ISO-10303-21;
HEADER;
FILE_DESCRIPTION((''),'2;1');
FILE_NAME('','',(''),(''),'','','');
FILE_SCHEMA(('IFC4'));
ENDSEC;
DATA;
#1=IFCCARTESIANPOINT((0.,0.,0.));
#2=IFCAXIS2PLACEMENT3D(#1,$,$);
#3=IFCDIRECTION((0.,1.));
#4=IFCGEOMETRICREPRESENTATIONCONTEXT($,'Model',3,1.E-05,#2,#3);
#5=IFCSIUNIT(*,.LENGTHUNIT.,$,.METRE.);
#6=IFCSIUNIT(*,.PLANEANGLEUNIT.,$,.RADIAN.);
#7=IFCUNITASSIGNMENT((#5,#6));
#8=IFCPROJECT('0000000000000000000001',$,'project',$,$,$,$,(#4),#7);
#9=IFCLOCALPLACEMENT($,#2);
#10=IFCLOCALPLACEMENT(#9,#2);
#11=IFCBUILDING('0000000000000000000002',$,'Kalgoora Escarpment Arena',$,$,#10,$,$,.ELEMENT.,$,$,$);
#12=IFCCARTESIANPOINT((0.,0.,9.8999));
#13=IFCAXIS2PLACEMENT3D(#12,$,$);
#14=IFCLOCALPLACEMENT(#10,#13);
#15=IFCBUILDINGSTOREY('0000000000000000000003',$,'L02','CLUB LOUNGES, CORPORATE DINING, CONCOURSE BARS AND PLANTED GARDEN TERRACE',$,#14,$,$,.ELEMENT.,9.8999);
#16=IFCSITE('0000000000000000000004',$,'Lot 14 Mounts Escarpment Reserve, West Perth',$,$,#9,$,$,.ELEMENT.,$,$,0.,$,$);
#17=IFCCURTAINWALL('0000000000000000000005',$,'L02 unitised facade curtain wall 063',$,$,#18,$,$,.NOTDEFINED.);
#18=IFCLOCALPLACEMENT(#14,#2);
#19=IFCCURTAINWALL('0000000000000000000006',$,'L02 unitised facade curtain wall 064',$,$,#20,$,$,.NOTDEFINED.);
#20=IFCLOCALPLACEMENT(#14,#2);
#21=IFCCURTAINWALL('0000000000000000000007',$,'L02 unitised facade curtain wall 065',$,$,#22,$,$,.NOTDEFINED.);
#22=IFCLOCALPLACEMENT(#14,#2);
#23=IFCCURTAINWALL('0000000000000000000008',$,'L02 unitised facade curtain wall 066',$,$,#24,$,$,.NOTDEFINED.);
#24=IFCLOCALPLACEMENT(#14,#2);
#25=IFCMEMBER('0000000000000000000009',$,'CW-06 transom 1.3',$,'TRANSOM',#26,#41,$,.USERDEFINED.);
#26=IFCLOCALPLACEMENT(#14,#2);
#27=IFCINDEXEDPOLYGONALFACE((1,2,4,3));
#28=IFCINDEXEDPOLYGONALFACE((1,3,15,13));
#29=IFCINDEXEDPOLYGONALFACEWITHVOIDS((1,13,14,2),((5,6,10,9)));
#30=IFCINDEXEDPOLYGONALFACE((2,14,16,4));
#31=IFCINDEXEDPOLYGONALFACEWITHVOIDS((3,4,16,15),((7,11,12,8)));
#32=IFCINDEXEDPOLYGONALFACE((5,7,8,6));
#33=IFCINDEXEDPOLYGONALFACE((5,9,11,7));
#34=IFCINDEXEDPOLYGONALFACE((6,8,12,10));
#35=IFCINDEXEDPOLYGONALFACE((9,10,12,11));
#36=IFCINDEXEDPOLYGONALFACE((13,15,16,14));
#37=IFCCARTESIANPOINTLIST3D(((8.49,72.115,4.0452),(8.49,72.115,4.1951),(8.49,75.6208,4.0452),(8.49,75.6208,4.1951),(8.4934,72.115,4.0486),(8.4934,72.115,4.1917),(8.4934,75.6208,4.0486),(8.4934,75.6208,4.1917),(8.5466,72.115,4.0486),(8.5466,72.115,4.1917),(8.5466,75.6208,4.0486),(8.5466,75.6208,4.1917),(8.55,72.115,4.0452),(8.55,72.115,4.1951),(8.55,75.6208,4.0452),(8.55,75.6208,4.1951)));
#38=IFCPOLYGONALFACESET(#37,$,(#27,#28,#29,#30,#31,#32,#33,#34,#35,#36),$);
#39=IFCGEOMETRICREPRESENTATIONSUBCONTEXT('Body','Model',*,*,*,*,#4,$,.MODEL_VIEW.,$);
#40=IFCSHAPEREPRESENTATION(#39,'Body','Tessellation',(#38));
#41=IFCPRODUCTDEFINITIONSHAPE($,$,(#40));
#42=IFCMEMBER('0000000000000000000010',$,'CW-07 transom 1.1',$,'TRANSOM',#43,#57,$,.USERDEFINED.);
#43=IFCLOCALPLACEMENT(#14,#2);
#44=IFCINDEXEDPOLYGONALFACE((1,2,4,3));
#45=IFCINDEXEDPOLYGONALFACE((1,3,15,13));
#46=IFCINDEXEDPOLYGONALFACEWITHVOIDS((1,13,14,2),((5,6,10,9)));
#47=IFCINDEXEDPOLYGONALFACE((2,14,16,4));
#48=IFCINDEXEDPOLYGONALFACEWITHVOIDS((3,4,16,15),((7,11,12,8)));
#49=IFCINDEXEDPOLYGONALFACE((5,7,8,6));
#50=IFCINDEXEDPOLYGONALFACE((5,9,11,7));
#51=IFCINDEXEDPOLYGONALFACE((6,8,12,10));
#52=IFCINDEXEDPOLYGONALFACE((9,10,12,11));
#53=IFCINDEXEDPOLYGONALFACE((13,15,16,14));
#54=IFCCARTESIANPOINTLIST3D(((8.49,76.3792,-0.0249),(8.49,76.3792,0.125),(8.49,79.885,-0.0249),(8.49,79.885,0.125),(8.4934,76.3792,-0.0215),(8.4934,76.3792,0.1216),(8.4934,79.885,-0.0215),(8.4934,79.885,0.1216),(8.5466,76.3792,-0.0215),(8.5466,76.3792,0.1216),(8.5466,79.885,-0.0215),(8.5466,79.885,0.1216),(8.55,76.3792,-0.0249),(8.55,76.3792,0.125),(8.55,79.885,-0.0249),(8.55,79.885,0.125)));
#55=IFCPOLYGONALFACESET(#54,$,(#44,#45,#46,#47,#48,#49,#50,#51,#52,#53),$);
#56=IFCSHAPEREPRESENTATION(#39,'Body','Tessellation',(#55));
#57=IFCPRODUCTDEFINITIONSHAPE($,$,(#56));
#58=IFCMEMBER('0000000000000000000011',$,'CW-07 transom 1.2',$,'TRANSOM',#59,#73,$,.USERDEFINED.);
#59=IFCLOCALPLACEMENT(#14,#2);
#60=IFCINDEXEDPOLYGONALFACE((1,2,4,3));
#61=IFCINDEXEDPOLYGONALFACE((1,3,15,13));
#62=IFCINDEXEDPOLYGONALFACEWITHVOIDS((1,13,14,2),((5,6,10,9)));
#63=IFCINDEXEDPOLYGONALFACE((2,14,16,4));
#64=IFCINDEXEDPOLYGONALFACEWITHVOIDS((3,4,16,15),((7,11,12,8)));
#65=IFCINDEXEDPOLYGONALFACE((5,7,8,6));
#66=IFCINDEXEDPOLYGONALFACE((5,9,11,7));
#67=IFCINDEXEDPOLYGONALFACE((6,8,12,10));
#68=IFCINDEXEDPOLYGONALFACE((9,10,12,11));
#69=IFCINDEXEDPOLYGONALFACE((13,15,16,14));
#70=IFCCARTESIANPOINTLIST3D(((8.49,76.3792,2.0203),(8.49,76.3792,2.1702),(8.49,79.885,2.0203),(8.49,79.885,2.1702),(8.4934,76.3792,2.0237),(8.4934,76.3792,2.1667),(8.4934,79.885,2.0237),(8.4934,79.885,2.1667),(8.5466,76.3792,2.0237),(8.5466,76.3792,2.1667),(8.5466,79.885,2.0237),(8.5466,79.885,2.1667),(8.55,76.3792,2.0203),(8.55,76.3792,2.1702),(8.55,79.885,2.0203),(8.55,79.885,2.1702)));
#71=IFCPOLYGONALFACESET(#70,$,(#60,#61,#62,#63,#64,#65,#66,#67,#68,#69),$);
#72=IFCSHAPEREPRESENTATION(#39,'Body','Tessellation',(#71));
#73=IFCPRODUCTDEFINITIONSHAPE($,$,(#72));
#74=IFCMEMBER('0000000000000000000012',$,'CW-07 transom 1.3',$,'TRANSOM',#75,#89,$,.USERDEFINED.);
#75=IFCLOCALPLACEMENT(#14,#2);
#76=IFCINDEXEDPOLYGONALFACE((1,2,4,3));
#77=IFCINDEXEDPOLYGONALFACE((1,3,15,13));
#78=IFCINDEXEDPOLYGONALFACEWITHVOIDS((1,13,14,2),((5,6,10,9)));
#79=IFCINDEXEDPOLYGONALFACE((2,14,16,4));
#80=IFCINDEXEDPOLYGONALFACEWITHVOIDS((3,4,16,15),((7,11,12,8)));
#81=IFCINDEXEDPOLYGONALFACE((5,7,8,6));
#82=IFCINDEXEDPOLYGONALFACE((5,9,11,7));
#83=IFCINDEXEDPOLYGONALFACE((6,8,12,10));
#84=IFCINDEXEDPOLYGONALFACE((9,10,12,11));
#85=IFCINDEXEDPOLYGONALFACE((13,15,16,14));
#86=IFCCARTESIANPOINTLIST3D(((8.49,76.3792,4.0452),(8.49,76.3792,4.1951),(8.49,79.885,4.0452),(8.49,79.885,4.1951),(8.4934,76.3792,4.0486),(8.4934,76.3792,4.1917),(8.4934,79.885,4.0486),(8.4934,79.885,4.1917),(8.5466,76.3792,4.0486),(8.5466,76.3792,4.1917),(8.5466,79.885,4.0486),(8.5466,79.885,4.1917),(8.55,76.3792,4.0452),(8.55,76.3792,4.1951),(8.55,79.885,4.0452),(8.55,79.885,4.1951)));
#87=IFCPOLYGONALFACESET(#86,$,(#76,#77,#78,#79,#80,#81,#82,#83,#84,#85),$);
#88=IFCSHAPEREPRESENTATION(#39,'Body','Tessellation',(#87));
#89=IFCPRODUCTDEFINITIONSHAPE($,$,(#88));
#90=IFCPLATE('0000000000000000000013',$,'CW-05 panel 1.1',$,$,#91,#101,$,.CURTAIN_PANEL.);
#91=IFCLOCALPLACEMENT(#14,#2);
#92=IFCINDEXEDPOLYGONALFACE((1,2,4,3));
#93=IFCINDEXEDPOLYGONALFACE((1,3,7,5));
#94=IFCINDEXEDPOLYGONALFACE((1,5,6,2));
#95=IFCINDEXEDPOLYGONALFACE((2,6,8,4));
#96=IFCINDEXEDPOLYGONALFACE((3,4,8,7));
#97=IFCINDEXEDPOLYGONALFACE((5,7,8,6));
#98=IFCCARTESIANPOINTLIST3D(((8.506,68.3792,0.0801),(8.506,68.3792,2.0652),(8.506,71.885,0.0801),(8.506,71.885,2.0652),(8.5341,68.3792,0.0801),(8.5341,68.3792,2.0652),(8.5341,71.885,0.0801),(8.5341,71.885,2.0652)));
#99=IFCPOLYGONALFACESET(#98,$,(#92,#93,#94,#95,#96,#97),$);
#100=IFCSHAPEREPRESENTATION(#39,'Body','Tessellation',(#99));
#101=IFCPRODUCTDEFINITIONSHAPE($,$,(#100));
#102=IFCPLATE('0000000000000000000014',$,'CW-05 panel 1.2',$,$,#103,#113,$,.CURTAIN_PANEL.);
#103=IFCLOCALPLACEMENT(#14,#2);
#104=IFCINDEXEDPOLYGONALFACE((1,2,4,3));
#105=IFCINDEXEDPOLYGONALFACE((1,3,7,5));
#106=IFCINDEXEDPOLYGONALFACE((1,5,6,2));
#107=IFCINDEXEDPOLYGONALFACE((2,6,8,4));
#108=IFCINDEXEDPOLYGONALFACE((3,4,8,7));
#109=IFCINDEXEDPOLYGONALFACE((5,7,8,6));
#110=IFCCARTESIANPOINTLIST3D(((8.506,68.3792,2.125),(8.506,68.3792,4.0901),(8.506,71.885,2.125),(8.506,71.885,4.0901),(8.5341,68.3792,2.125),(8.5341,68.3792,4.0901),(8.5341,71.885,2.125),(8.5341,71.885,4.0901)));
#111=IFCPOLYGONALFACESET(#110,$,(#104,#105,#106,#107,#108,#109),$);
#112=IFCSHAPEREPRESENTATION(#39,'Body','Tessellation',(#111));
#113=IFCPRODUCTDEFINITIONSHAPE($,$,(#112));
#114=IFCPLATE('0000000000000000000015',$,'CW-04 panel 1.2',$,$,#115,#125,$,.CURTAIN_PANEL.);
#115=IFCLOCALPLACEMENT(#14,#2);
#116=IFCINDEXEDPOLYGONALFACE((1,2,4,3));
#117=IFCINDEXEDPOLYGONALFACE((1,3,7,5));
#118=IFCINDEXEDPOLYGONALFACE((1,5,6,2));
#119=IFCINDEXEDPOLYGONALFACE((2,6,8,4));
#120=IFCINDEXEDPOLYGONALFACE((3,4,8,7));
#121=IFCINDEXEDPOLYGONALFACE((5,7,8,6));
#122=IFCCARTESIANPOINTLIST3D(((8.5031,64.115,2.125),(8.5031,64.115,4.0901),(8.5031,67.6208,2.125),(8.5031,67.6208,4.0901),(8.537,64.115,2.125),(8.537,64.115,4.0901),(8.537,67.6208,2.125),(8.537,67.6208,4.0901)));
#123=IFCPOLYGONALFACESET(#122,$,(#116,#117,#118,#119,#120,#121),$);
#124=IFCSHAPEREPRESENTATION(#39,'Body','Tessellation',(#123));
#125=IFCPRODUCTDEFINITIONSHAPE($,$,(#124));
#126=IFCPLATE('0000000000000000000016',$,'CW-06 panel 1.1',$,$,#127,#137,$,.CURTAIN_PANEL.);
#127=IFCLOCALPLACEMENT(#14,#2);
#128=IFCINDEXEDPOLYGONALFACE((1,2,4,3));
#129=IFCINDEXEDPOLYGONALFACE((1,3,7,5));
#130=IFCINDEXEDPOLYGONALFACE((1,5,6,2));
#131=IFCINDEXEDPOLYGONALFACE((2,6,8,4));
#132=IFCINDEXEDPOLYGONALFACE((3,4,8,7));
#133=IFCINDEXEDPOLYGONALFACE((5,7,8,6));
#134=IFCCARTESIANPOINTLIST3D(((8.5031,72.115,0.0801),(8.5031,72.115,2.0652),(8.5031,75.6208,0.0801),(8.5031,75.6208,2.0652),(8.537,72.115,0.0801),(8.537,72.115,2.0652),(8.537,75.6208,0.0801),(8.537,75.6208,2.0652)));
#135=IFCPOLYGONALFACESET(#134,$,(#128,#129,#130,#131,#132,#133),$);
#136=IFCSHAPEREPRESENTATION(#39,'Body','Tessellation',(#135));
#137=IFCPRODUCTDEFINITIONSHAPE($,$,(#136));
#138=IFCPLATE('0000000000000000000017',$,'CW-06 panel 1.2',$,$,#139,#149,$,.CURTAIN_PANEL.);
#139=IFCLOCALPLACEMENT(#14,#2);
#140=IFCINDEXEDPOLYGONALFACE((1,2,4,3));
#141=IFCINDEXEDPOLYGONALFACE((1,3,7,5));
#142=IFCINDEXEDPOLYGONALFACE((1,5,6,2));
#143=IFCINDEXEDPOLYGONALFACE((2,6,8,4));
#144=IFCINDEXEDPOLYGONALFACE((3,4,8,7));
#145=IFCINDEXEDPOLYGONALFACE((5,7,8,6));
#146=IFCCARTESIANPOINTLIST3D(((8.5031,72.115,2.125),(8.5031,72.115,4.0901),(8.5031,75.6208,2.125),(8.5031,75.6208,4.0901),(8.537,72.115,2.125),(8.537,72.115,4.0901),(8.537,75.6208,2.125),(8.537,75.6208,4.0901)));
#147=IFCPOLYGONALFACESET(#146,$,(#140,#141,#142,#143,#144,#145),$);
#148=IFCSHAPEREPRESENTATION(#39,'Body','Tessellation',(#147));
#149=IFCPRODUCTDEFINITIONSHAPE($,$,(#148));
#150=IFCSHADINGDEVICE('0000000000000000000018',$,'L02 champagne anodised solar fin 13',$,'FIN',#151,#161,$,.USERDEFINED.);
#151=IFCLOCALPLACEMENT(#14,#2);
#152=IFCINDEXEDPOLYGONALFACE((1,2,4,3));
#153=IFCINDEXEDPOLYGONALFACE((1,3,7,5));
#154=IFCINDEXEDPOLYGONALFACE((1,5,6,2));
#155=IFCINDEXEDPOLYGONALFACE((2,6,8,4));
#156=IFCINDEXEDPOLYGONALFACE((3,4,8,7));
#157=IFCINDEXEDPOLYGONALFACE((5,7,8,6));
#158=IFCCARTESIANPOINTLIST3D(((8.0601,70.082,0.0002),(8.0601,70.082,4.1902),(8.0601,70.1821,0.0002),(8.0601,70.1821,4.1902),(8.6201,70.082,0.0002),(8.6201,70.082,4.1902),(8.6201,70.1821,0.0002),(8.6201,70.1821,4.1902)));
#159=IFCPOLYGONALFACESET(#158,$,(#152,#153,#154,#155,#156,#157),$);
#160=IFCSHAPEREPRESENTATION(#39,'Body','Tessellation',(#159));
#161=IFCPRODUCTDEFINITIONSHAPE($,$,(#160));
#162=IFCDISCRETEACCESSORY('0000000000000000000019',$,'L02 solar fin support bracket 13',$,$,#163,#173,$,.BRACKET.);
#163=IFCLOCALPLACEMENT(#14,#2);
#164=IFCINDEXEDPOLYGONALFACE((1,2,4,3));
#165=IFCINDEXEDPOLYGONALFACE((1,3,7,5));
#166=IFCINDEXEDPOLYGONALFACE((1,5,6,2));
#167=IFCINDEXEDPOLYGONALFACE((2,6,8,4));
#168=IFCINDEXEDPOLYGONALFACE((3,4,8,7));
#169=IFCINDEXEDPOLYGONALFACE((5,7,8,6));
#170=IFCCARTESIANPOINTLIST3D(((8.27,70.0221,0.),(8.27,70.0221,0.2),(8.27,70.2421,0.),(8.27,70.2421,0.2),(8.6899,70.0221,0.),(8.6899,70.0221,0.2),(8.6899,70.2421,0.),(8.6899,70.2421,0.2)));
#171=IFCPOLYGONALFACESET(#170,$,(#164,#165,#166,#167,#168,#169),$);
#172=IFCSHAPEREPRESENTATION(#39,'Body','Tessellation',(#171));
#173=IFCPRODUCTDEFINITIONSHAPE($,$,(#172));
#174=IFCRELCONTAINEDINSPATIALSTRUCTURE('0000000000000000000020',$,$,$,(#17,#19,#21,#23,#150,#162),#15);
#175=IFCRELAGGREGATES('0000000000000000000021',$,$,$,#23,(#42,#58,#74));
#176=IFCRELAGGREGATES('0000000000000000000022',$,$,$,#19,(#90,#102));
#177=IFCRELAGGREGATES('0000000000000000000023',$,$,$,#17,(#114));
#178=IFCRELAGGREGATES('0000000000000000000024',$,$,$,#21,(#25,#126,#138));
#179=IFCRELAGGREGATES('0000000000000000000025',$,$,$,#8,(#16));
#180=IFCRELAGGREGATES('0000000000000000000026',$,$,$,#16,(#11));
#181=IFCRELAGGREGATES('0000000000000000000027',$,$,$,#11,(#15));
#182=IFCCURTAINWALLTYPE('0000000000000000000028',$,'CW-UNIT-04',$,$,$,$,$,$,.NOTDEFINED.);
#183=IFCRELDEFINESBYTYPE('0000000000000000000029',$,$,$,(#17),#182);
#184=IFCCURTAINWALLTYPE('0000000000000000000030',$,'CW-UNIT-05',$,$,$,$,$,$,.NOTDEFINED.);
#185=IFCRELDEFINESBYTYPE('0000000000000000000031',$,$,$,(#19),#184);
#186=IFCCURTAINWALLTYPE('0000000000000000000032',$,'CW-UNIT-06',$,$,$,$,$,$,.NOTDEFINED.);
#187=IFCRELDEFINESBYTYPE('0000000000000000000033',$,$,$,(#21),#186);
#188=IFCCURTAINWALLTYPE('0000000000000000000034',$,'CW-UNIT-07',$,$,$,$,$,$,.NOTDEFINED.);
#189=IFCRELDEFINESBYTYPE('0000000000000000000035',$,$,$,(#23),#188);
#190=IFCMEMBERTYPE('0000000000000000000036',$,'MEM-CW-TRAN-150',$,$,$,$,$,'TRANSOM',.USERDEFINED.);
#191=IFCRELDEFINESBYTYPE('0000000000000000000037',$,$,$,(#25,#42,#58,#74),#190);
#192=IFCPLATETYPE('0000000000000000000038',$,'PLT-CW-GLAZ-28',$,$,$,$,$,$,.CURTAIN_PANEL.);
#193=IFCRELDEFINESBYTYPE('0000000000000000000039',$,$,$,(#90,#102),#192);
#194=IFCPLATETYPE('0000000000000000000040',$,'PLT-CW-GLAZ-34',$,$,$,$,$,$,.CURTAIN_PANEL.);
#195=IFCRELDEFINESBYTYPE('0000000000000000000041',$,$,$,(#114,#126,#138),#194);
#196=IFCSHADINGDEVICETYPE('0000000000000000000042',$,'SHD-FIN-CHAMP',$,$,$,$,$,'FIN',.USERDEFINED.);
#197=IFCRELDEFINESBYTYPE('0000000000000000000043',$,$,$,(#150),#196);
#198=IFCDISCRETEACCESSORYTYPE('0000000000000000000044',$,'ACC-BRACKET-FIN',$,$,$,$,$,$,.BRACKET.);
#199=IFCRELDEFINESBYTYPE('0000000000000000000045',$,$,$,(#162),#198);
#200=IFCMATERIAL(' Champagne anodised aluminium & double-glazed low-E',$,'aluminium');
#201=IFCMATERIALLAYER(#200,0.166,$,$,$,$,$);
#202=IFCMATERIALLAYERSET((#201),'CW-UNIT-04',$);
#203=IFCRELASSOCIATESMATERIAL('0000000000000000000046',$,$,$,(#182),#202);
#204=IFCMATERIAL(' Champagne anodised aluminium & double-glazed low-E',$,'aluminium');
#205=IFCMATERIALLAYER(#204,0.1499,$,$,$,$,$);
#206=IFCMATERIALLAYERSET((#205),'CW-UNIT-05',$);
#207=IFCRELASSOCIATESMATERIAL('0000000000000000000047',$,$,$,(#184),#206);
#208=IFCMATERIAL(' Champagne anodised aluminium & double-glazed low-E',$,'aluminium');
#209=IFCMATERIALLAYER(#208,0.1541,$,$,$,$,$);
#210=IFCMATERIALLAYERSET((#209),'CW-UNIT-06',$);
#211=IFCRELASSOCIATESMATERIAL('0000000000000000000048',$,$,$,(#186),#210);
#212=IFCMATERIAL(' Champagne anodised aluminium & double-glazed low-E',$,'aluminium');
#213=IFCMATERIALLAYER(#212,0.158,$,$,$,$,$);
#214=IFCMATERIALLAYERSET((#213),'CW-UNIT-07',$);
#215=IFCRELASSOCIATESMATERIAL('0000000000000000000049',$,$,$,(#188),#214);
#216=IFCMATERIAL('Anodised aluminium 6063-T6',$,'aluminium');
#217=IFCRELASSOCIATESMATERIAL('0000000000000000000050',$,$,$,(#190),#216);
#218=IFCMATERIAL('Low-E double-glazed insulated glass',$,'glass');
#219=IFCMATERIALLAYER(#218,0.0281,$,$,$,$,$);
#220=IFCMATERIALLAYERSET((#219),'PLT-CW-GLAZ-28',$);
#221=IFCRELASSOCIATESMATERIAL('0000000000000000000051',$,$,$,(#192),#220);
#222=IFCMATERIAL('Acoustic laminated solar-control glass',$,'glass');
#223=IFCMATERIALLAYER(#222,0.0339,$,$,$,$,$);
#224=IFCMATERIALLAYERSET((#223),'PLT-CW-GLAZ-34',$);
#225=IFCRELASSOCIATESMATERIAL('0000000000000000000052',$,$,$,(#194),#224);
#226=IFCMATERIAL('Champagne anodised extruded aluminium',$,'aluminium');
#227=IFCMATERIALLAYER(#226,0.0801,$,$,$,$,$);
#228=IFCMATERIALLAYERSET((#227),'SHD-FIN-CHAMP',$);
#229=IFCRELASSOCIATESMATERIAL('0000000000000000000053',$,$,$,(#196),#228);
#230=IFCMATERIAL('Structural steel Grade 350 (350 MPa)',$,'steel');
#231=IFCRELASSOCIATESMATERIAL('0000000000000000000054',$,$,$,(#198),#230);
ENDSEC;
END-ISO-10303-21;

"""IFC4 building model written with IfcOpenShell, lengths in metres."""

from ifc_helpers import new_model, si_unit, direction, frame, origin, origin_2d, place, context, subcontext, project, spatial, rectangle, hollow_rectangle, extrude, material, layer, layer_set, material_profile, profile_set, type_object, element, aggregate, save


model = new_model("IFC4")

# Units and contexts
model_context = context("Model", 3, precision=1e-05, world=origin(), true_north=direction((0.0, 1.0)))
body_context = subcontext(model_context, "Body", "Model", "MODEL_VIEW")
ifc_project = project(units=[si_unit("LENGTHUNIT", "METRE"), si_unit("PLANEANGLEUNIT", "RADIAN")], contexts=[model_context])

# Site, building, storey
site_placement = place(None, origin())
site = spatial("IfcSite", under=ifc_project, at=site_placement, Name="Lot 14 Mounts Escarpment Reserve, West Perth", CompositionType="ELEMENT", RefElevation=0.0)
building_placement = place(site_placement, origin())
building = spatial("IfcBuilding", under=site, at=building_placement, Name="Kalgoora Escarpment Arena", CompositionType="ELEMENT")
storey_placement = place(building_placement, frame((0.0, 0.0, 9.8999)))
storey = spatial("IfcBuildingStorey", under=building, at=storey_placement, Name="L02", Description="CLUB LOUNGES, CORPORATE DINING, CONCOURSE BARS AND PLANTED GARDEN TERRACE", CompositionType="ELEMENT", Elevation=9.8999)

# Curtain wall
ifc_material_1 = material(Name=" Champagne anodised aluminium & double-glazed low-E", Category="aluminium")
ifc_layer_1 = layer(ifc_material_1, 0.166)
ifc_layer_set_1 = layer_set([ifc_layer_1], Name="CW-UNIT-04")
curtain_wall_type_1 = type_object("IfcCurtainWallType", Name="CW-UNIT-04", PredefinedType="NOTDEFINED", material=ifc_layer_set_1)
curtain_wall_1_placement = place(storey_placement, origin())
curtain_wall_1 = element("IfcCurtainWall", 1, at=curtain_wall_1_placement, inside=storey, type_object=curtain_wall_type_1, Name="L02 unitised facade curtain wall 063", PredefinedType="NOTDEFINED")

# Curtain walls
ifc_material_2 = material(Name=" Champagne anodised aluminium & double-glazed low-E", Category="aluminium")
ifc_layer_2 = layer(ifc_material_2, 0.1499)
ifc_layer_set_2 = layer_set([ifc_layer_2], Name="CW-UNIT-05")
curtain_wall_type_2 = type_object("IfcCurtainWallType", Name="CW-UNIT-05", PredefinedType="NOTDEFINED", material=ifc_layer_set_2)
curtain_wall_2_placement = place(storey_placement, origin())
curtain_wall_2 = element("IfcCurtainWall", 2, at=curtain_wall_2_placement, inside=storey, type_object=curtain_wall_type_2, Name="L02 unitised facade curtain wall 064", PredefinedType="NOTDEFINED")
ifc_material_3 = material(Name=" Champagne anodised aluminium & double-glazed low-E", Category="aluminium")
ifc_layer_3 = layer(ifc_material_3, 0.1541)
ifc_layer_set_3 = layer_set([ifc_layer_3], Name="CW-UNIT-06")
curtain_wall_type_3 = type_object("IfcCurtainWallType", Name="CW-UNIT-06", PredefinedType="NOTDEFINED", material=ifc_layer_set_3)
curtain_wall_3_placement = place(storey_placement, origin())
curtain_wall_3 = element("IfcCurtainWall", 3, at=curtain_wall_3_placement, inside=storey, type_object=curtain_wall_type_3, Name="L02 unitised facade curtain wall 065", PredefinedType="NOTDEFINED")

# Curtain wall
ifc_material_4 = material(Name=" Champagne anodised aluminium & double-glazed low-E", Category="aluminium")
ifc_layer_4 = layer(ifc_material_4, 0.158)
ifc_layer_set_4 = layer_set([ifc_layer_4], Name="CW-UNIT-07")
curtain_wall_type_4 = type_object("IfcCurtainWallType", Name="CW-UNIT-07", PredefinedType="NOTDEFINED", material=ifc_layer_set_4)
curtain_wall_4_placement = place(storey_placement, origin())
curtain_wall_4 = element("IfcCurtainWall", 4, at=curtain_wall_4_placement, inside=storey, type_object=curtain_wall_type_4, Name="L02 unitised facade curtain wall 066", PredefinedType="NOTDEFINED")

# Members
ifc_material_5 = material(Name="Anodised aluminium 6063-T6", Category="aluminium")
ifc_material_profile_1 = material_profile(ifc_material_5, hollow_rectangle(XDim=0.0601, YDim=0.1499, WallThickness=0.0034, at=origin_2d()))
ifc_profile_set_1 = profile_set([ifc_material_profile_1], Name="Anodised aluminium 6063-T6")
member_type_1 = type_object("IfcMemberType", Name="MEM-CW-TRAN-150", ElementType="TRANSOM", PredefinedType="USERDEFINED", material=ifc_profile_set_1)
member_1_placement = place(storey_placement, frame((8.52, 72.115, 4.1201), z_axis=(0.0, 1.0, 0.0), x_axis=(-1.0, 0.0, 0.0)))
member_1 = element("IfcMember", 5, at=member_1_placement, type_object=member_type_1, Name="CW-06 transom 1.3", ObjectType="TRANSOM", PredefinedType="USERDEFINED", context=body_context, shape_type="SweptSolid", body=[
    extrude(hollow_rectangle(XDim=0.0601, YDim=0.1499, WallThickness=0.0034, at=origin_2d()), origin(), (0.0, 0.0, 1.0), 3.5059),
])
member_2_placement = place(storey_placement, frame((8.52, 76.3792, 0.05), z_axis=(0.0, 1.0, 0.0), x_axis=(-1.0, 0.0, 0.0)))
member_2 = element("IfcMember", 6, at=member_2_placement, type_object=member_type_1, Name="CW-07 transom 1.1", ObjectType="TRANSOM", PredefinedType="USERDEFINED", context=body_context, shape_type="SweptSolid", body=[
    extrude(hollow_rectangle(XDim=0.0601, YDim=0.1499, WallThickness=0.0034, at=origin_2d()), origin(), (0.0, 0.0, 1.0), 3.5059),
])
member_3_placement = place(storey_placement, frame((8.52, 76.3792, 2.0952), z_axis=(0.0, 1.0, 0.0), x_axis=(-1.0, 0.0, 0.0)))
member_3 = element("IfcMember", 7, at=member_3_placement, type_object=member_type_1, Name="CW-07 transom 1.2", ObjectType="TRANSOM", PredefinedType="USERDEFINED", context=body_context, shape_type="SweptSolid", body=[
    extrude(hollow_rectangle(XDim=0.0601, YDim=0.1499, WallThickness=0.0034, at=origin_2d()), origin(), (0.0, 0.0, 1.0), 3.5059),
])
member_4_placement = place(storey_placement, frame((8.52, 76.3792, 4.1201), z_axis=(0.0, 1.0, 0.0), x_axis=(-1.0, 0.0, 0.0)))
member_4 = element("IfcMember", 8, at=member_4_placement, type_object=member_type_1, Name="CW-07 transom 1.3", ObjectType="TRANSOM", PredefinedType="USERDEFINED", context=body_context, shape_type="SweptSolid", body=[
    extrude(hollow_rectangle(XDim=0.0601, YDim=0.1499, WallThickness=0.0034, at=origin_2d()), origin(), (0.0, 0.0, 1.0), 3.5059),
])
aggregate(curtain_wall_4, [member_2, member_3, member_4])

# Plates
ifc_material_6 = material(Name="Low-E double-glazed insulated glass", Category="glass")
ifc_layer_5 = layer(ifc_material_6, 0.0281)
ifc_layer_set_5 = layer_set([ifc_layer_5], Name="PLT-CW-GLAZ-28")
plate_type_1 = type_object("IfcPlateType", Name="PLT-CW-GLAZ-28", PredefinedType="CURTAIN_PANEL", material=ifc_layer_set_5)
plate_1_placement = place(storey_placement, frame((8.52, 70.1321, 0.0801), z_axis=(0.0, 0.0, 1.0), x_axis=(0.0, 1.0, 0.0)))
plate_1 = element("IfcPlate", 9, at=plate_1_placement, type_object=plate_type_1, Name="CW-05 panel 1.1", PredefinedType="CURTAIN_PANEL", context=body_context, shape_type="SweptSolid", body=[
    extrude(rectangle(XDim=3.5059, YDim=0.0281, at=origin_2d()), origin(), (0.0, 0.0, 1.0), 1.9851),
])
plate_2_placement = place(storey_placement, frame((8.52, 70.1321, 2.125), z_axis=(0.0, 0.0, 1.0), x_axis=(0.0, 1.0, 0.0)))
plate_2 = element("IfcPlate", 10, at=plate_2_placement, type_object=plate_type_1, Name="CW-05 panel 1.2", PredefinedType="CURTAIN_PANEL", context=body_context, shape_type="SweptSolid", body=[
    extrude(rectangle(XDim=3.5059, YDim=0.0281, at=origin_2d()), origin(), (0.0, 0.0, 1.0), 1.9651),
])
aggregate(curtain_wall_2, [plate_1, plate_2])
ifc_material_7 = material(Name="Acoustic laminated solar-control glass", Category="glass")
ifc_layer_6 = layer(ifc_material_7, 0.0339)
ifc_layer_set_6 = layer_set([ifc_layer_6], Name="PLT-CW-GLAZ-34")
plate_type_2 = type_object("IfcPlateType", Name="PLT-CW-GLAZ-34", PredefinedType="CURTAIN_PANEL", material=ifc_layer_set_6)
plate_3_placement = place(storey_placement, frame((8.52, 65.8679, 2.125), z_axis=(0.0, 0.0, 1.0), x_axis=(0.0, 1.0, 0.0)))
plate_3 = element("IfcPlate", 11, at=plate_3_placement, type_object=plate_type_2, Name="CW-04 panel 1.2", PredefinedType="CURTAIN_PANEL", context=body_context, shape_type="SweptSolid", body=[
    extrude(rectangle(XDim=3.5059, YDim=0.0339, at=origin_2d()), origin(), (0.0, 0.0, 1.0), 1.9651),
])
aggregate(curtain_wall_1, [plate_3])
plate_4_placement = place(storey_placement, frame((8.52, 73.8679, 0.0801), z_axis=(0.0, 0.0, 1.0), x_axis=(0.0, 1.0, 0.0)))
plate_4 = element("IfcPlate", 12, at=plate_4_placement, type_object=plate_type_2, Name="CW-06 panel 1.1", PredefinedType="CURTAIN_PANEL", context=body_context, shape_type="SweptSolid", body=[
    extrude(rectangle(XDim=3.5059, YDim=0.0339, at=origin_2d()), origin(), (0.0, 0.0, 1.0), 1.9851),
])
plate_5_placement = place(storey_placement, frame((8.52, 73.8679, 2.125), z_axis=(0.0, 0.0, 1.0), x_axis=(0.0, 1.0, 0.0)))
plate_5 = element("IfcPlate", 13, at=plate_5_placement, type_object=plate_type_2, Name="CW-06 panel 1.2", PredefinedType="CURTAIN_PANEL", context=body_context, shape_type="SweptSolid", body=[
    extrude(rectangle(XDim=3.5059, YDim=0.0339, at=origin_2d()), origin(), (0.0, 0.0, 1.0), 1.9651),
])
aggregate(curtain_wall_3, [member_1, plate_4, plate_5])

# Shading device
ifc_material_8 = material(Name="Champagne anodised extruded aluminium", Category="aluminium")
ifc_layer_7 = layer(ifc_material_8, 0.0801)
ifc_layer_set_7 = layer_set([ifc_layer_7], Name="SHD-FIN-CHAMP")
shading_device_type = type_object("IfcShadingDeviceType", Name="SHD-FIN-CHAMP", ElementType="FIN", PredefinedType="USERDEFINED", material=ifc_layer_set_7)
shading_device_placement = place(storey_placement, frame((8.3401, 70.1321, 0.0002), z_axis=(0.0, 0.0, 1.0), x_axis=(-1.0, 0.0, 0.0)))
element("IfcShadingDevice", 14, at=shading_device_placement, inside=storey, type_object=shading_device_type, Name="L02 champagne anodised solar fin 13", ObjectType="FIN", PredefinedType="USERDEFINED", context=body_context, shape_type="SweptSolid", body=[
    extrude(rectangle(XDim=0.5601, YDim=0.1001, at=origin_2d()), origin(), (0.0, 0.0, 1.0), 4.1899),
])

# Discrete accessory
ifc_material_9 = material(Name="Structural steel Grade 350 (350 MPa)", Category="steel")
discrete_accessory_type = type_object("IfcDiscreteAccessoryType", Name="ACC-BRACKET-FIN", PredefinedType="BRACKET", material=ifc_material_9)
discrete_accessory_placement = place(storey_placement, frame((8.48, 70.1321, 0.0), z_axis=(0.0, 0.0, 1.0), x_axis=(-1.0, 0.0, 0.0)))
element("IfcDiscreteAccessory", 15, at=discrete_accessory_placement, inside=storey, type_object=discrete_accessory_type, Name="L02 solar fin support bracket 13", PredefinedType="BRACKET", context=body_context, shape_type="SweptSolid", body=[
    extrude(rectangle(XDim=0.4199, YDim=0.22, at=origin_2d()), origin(), (0.0, 0.0, 1.0), 0.2),
])

save(model, "model.ifc")
